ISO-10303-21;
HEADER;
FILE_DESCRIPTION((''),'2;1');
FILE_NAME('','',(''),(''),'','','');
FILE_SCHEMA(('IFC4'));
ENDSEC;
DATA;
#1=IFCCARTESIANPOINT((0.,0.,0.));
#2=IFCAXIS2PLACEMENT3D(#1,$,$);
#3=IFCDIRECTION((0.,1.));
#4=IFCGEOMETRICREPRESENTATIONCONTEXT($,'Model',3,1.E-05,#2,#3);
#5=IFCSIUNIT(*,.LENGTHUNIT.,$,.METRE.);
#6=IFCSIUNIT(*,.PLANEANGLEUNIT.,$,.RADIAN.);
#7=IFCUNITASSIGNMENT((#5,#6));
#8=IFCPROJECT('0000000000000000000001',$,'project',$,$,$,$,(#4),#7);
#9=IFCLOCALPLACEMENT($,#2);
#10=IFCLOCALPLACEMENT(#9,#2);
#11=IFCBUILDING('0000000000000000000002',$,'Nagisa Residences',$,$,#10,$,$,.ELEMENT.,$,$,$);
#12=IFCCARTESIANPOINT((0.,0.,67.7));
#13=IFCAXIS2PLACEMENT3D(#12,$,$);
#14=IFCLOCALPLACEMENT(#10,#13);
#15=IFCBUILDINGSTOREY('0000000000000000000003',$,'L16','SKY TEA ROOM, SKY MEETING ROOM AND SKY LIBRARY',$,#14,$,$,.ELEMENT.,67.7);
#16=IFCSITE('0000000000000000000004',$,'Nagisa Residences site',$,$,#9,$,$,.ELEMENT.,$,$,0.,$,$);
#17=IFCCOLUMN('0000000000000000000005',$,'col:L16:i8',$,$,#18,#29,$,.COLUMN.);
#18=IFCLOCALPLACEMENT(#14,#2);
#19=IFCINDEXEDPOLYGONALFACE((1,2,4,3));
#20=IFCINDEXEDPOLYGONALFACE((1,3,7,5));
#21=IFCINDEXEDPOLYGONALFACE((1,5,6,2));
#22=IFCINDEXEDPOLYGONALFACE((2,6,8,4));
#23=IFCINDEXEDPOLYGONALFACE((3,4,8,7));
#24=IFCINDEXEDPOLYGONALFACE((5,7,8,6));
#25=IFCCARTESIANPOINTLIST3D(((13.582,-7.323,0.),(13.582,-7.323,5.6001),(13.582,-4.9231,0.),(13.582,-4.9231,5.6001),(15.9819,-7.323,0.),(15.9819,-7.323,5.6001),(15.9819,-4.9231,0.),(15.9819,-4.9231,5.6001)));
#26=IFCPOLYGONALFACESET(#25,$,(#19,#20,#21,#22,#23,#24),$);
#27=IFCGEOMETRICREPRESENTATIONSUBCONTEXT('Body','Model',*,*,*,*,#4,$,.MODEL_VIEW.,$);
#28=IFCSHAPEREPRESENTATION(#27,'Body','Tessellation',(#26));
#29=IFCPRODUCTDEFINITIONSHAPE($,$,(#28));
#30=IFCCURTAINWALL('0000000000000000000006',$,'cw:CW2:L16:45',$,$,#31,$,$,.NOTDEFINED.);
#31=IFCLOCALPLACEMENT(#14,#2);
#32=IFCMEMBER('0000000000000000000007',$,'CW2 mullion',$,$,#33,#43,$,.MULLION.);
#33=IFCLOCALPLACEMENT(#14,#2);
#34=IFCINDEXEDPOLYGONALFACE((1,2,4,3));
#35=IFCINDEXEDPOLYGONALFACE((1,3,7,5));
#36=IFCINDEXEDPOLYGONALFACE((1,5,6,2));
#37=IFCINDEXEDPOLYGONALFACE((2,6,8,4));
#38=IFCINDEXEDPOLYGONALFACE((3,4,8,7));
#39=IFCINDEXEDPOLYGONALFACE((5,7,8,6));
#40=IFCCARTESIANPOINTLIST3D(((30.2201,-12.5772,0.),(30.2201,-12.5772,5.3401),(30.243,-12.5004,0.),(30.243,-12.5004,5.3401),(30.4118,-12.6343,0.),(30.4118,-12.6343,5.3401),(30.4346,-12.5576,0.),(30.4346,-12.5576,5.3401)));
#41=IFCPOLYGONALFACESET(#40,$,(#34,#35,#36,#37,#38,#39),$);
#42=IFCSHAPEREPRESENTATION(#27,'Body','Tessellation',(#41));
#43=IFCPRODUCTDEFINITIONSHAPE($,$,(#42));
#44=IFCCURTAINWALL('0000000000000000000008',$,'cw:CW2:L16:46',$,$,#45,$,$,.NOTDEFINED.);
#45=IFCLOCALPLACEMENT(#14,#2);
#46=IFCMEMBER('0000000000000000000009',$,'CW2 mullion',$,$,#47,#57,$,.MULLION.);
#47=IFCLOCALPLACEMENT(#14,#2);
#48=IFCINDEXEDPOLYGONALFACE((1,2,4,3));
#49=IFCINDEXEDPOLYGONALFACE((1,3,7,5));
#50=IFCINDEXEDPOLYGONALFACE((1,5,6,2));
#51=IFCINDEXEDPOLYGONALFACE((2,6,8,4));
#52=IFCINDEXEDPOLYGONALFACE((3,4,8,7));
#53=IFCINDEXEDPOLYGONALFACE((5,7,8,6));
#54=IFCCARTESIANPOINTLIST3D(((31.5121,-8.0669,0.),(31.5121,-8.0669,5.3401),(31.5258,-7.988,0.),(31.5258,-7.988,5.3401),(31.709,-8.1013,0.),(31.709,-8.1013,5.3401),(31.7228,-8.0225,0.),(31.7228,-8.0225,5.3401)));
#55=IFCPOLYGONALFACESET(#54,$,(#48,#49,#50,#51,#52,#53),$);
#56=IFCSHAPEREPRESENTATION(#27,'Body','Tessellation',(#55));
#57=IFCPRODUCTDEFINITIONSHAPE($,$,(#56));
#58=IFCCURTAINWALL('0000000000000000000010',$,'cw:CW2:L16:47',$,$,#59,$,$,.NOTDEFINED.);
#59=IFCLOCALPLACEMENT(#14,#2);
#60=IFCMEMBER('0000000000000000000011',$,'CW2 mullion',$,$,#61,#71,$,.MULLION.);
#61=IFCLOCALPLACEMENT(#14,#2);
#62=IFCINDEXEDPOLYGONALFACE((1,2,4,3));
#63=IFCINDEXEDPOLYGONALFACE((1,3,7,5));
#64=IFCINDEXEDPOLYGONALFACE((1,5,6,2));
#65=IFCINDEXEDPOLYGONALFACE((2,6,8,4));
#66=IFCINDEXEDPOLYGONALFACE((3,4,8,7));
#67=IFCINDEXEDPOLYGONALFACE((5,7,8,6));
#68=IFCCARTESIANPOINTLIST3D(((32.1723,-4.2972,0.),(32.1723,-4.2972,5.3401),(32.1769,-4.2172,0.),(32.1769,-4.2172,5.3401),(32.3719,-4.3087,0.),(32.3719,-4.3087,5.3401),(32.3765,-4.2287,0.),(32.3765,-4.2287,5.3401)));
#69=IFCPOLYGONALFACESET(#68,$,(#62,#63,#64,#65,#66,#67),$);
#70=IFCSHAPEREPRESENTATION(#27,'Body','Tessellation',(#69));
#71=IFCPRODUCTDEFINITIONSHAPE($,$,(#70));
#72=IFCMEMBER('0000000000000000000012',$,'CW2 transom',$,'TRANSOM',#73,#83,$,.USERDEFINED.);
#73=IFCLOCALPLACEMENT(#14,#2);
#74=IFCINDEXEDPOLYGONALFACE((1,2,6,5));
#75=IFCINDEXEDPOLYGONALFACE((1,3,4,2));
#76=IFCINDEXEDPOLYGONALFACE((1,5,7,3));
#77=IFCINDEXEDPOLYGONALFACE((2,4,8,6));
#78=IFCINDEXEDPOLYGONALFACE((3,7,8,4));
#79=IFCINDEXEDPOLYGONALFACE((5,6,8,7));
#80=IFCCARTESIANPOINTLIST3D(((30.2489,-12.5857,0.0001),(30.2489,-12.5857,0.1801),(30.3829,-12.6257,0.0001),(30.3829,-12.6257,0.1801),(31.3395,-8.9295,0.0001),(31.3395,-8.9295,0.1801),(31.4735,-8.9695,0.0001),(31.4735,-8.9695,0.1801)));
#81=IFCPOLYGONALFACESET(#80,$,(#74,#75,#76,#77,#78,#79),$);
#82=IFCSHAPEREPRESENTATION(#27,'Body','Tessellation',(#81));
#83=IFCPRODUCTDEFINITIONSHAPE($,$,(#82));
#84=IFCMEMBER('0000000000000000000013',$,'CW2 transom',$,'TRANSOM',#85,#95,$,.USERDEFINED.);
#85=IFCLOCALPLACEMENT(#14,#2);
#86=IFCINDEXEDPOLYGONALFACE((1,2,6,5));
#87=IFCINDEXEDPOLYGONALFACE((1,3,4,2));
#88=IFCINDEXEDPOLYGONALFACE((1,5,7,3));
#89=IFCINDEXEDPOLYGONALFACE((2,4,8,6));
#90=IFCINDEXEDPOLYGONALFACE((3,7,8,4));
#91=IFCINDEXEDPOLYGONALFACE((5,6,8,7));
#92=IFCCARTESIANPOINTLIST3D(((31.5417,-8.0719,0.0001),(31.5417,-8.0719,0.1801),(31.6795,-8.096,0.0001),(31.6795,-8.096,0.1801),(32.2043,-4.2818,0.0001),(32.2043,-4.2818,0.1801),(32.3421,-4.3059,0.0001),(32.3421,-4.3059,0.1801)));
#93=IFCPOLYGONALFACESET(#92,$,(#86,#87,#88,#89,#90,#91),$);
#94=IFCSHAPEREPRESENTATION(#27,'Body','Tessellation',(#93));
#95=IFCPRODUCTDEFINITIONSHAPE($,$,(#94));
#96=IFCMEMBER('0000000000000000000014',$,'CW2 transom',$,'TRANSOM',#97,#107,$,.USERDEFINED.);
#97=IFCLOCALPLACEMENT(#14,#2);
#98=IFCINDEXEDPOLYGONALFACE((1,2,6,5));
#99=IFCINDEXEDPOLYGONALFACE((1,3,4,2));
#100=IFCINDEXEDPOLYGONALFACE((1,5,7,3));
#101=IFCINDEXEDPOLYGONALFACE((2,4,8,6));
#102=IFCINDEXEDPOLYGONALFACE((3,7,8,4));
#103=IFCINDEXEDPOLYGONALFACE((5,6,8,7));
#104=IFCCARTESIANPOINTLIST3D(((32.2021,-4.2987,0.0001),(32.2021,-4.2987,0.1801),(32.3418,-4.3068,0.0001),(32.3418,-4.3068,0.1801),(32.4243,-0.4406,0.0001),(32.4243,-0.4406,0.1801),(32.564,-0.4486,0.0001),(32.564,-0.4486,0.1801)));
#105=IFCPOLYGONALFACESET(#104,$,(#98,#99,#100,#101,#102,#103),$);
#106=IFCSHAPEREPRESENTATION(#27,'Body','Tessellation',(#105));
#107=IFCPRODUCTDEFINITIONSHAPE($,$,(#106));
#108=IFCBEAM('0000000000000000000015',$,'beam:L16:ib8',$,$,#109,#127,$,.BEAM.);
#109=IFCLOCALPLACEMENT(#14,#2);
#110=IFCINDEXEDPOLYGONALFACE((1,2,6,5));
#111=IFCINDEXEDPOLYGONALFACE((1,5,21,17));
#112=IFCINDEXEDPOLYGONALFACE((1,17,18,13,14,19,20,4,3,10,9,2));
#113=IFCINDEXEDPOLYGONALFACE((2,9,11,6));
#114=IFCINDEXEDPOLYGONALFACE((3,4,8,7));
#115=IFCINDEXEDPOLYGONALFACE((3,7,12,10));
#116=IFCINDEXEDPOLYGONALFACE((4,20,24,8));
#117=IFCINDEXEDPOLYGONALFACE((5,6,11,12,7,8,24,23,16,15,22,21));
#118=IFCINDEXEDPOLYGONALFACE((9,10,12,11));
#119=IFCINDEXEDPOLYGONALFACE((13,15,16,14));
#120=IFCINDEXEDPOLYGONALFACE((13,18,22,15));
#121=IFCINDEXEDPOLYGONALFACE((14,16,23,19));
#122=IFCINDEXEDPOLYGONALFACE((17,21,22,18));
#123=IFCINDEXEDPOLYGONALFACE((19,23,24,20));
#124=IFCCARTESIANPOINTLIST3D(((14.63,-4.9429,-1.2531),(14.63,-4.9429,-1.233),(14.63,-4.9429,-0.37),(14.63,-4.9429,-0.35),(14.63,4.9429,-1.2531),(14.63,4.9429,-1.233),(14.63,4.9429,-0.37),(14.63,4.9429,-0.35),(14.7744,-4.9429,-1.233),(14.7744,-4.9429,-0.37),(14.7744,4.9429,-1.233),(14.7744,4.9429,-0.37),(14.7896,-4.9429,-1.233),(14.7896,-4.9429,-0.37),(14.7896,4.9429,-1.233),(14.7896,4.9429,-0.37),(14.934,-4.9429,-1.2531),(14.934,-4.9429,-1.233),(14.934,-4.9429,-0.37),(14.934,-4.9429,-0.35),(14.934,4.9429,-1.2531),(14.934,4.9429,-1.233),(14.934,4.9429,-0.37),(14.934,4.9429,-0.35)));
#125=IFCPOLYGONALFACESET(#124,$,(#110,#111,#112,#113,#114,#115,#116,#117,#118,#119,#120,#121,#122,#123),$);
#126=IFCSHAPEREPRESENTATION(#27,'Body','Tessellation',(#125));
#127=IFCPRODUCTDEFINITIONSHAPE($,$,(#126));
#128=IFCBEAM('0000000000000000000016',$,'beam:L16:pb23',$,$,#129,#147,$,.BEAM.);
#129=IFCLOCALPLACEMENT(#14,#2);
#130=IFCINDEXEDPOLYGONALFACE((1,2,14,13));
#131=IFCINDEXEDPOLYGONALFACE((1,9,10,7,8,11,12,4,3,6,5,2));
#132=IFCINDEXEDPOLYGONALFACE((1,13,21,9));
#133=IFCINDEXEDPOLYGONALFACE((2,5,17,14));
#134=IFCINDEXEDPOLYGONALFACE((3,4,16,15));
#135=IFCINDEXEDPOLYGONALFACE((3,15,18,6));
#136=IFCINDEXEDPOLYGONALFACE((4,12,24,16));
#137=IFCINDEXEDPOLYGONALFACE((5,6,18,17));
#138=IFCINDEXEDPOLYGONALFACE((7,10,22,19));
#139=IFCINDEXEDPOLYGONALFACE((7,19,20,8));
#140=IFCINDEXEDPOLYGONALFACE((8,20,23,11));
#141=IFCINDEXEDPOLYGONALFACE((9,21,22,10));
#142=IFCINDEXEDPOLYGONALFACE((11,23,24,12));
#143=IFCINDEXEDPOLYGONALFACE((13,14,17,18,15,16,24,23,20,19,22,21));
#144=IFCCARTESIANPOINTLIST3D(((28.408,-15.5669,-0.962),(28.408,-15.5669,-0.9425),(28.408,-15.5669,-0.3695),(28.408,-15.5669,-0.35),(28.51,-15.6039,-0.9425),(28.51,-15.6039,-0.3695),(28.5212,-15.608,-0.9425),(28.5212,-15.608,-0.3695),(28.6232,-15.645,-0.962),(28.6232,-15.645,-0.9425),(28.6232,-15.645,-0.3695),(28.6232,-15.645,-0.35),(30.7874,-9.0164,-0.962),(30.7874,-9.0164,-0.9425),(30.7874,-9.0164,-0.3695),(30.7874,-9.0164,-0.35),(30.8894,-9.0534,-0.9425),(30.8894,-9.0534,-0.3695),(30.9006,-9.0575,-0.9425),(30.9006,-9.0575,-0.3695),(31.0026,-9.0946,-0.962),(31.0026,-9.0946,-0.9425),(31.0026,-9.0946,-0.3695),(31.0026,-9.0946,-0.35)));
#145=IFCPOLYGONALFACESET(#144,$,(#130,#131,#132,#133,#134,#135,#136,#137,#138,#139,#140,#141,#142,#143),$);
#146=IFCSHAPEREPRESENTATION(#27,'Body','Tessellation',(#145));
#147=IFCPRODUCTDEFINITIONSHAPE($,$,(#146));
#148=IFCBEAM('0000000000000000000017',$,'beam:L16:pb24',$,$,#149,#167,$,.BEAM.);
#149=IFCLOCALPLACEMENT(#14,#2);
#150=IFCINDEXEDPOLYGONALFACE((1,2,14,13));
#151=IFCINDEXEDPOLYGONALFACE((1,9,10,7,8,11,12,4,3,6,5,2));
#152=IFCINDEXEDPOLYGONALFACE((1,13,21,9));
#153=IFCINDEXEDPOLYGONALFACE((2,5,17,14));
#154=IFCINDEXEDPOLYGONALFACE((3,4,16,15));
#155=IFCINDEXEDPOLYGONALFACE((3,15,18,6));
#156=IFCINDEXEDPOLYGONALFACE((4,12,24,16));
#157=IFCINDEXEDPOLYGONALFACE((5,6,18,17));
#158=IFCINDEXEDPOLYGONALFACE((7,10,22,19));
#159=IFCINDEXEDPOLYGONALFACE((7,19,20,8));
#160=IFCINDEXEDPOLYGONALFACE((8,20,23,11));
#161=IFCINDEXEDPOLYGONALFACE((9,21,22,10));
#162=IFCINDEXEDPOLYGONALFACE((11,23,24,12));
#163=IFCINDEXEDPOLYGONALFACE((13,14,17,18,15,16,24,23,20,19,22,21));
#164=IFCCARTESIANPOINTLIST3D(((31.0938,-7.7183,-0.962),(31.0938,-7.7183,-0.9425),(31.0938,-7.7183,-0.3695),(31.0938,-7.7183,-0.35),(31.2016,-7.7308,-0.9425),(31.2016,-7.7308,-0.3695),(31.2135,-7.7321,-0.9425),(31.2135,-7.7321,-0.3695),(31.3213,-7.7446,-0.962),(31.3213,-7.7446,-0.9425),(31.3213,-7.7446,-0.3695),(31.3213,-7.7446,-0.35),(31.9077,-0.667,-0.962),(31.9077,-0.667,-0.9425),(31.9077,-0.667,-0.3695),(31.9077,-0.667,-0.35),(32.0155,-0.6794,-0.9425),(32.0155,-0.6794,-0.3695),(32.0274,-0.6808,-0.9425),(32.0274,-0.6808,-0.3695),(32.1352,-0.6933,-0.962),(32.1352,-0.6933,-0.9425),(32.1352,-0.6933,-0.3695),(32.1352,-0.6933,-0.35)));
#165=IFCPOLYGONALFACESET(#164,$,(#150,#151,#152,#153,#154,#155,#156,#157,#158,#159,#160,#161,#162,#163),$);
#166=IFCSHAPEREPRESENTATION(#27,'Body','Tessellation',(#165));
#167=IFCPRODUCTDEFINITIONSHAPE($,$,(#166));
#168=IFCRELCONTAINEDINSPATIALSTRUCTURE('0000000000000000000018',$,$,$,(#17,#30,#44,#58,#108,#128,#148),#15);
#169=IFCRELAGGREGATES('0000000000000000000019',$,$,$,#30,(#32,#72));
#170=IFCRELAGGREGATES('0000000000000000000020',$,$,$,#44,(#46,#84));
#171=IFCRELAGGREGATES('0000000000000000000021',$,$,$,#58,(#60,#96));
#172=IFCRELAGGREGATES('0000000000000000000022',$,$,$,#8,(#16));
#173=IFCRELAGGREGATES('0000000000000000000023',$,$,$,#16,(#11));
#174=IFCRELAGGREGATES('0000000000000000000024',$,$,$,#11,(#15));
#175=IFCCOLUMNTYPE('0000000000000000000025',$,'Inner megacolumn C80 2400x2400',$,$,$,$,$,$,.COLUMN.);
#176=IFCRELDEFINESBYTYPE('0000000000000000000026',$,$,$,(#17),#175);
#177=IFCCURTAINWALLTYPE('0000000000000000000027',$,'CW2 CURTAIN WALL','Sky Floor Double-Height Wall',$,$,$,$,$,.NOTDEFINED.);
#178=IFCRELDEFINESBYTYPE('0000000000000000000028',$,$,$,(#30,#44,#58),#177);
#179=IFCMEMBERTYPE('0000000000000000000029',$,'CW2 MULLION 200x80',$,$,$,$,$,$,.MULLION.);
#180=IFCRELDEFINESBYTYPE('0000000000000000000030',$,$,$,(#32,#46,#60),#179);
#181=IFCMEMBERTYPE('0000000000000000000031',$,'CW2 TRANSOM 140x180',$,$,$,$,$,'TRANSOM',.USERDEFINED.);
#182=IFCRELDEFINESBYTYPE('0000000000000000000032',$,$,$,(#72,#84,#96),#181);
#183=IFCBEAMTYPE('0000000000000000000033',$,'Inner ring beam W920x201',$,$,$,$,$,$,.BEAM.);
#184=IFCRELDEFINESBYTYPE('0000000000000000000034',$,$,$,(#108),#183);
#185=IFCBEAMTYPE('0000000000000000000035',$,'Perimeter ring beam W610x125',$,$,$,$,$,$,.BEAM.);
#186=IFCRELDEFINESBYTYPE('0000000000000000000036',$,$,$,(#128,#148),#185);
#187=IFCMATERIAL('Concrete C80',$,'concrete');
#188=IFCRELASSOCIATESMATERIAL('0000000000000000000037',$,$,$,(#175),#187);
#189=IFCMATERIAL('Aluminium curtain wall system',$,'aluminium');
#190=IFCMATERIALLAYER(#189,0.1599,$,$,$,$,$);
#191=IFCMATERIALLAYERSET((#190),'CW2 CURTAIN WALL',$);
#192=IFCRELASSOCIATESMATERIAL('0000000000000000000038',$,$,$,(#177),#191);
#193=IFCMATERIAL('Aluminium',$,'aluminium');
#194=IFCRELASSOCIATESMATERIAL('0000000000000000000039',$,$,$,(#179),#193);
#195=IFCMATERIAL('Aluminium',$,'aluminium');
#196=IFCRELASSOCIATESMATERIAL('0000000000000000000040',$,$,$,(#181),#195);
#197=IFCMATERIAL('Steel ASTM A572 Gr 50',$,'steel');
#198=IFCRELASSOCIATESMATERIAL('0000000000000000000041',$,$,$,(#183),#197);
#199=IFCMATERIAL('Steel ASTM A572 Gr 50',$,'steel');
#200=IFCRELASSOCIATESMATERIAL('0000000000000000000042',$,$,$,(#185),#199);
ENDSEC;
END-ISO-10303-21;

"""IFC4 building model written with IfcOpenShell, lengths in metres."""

from ifc_helpers import new_model, si_unit, direction, frame, origin, origin_2d, place, context, subcontext, project, spatial, rectangle, i_section, extrude, material, layer, layer_set, material_profile, profile_set, type_object, element, aggregate, save


model = new_model("IFC4")

# Units and contexts
model_context = context("Model", 3, precision=1e-05, world=origin(), true_north=direction((0.0, 1.0)))
body_context = subcontext(model_context, "Body", "Model", "MODEL_VIEW")
ifc_project = project(units=[si_unit("LENGTHUNIT", "METRE"), si_unit("PLANEANGLEUNIT", "RADIAN")], contexts=[model_context])

# Site, building, storey
site_placement = place(None, origin())
site = spatial("IfcSite", under=ifc_project, at=site_placement, Name="Nagisa Residences site", CompositionType="ELEMENT", RefElevation=0.0)
building_placement = place(site_placement, origin())
building = spatial("IfcBuilding", under=site, at=building_placement, Name="Nagisa Residences", CompositionType="ELEMENT")
storey_placement = place(building_placement, frame((0.0, 0.0, 67.7)))
storey = spatial("IfcBuildingStorey", under=building, at=storey_placement, Name="L16", Description="SKY TEA ROOM, SKY MEETING ROOM AND SKY LIBRARY", CompositionType="ELEMENT", Elevation=67.7)

# Column
ifc_material_1 = material(Name="Concrete C80", Category="concrete")
ifc_material_profile_1 = material_profile(ifc_material_1, rectangle(XDim=2.3999, YDim=2.3999, at=origin_2d()), Name="C80 2400x2400")
ifc_profile_set_1 = profile_set([ifc_material_profile_1], Name="Concrete C80")
column_type = type_object("IfcColumnType", Name="Inner megacolumn C80 2400x2400", PredefinedType="COLUMN", material=ifc_profile_set_1)
column_placement = place(storey_placement, frame((14.782, -6.123, 0.0), z_axis=(0.0, 0.0, 1.0), x_axis=(1.0, 0.0, 0.0)))
element("IfcColumn", 1, at=column_placement, inside=storey, type_object=column_type, Name="col:L16:i8", PredefinedType="COLUMN", context=body_context, shape_type="SweptSolid", body=[
    extrude(rectangle(XDim=2.3999, YDim=2.3999, at=origin_2d()), origin(), (0.0, 0.0, 1.0), 5.6001),
])

# Curtain walls, members
ifc_material_2 = material(Name="Aluminium curtain wall system", Category="aluminium")
ifc_layer_1 = layer(ifc_material_2, 0.1599)
ifc_layer_set_1 = layer_set([ifc_layer_1], Name="CW2 CURTAIN WALL")
curtain_wall_type = type_object("IfcCurtainWallType", Name="CW2 CURTAIN WALL", Description="Sky Floor Double-Height Wall", PredefinedType="NOTDEFINED", material=ifc_layer_set_1)
curtain_wall_1_placement = place(storey_placement, origin())
curtain_wall_1 = element("IfcCurtainWall", 2, at=curtain_wall_1_placement, inside=storey, type_object=curtain_wall_type, Name="cw:CW2:L16:45", PredefinedType="NOTDEFINED")
ifc_material_3 = material(Name="Aluminium", Category="aluminium")
ifc_material_profile_2 = material_profile(ifc_material_3, rectangle(XDim=0.2, YDim=0.0801, at=origin_2d()), Name="CW2 MULLION 200x80")
ifc_profile_set_2 = profile_set([ifc_material_profile_2], Name="Aluminium")
member_type_1 = type_object("IfcMemberType", Name="CW2 MULLION 200x80", PredefinedType="MULLION", material=ifc_profile_set_2)
member_1_placement = place(storey_placement, frame((30.3274, -12.5674, 0.0), z_axis=(0.0, 0.0, 1.0), x_axis=(-0.958271, 0.28586, 0.0)))
member_1 = element("IfcMember", 3, at=member_1_placement, type_object=member_type_1, Name="CW2 mullion", PredefinedType="MULLION", context=body_context, shape_type="SweptSolid", body=[
    extrude(rectangle(XDim=0.2, YDim=0.0801, at=origin_2d()), origin(), (0.0, 0.0, 1.0), 5.3401),
])
curtain_wall_2_placement = place(storey_placement, origin())
curtain_wall_2 = element("IfcCurtainWall", 4, at=curtain_wall_2_placement, inside=storey, type_object=curtain_wall_type, Name="cw:CW2:L16:46", PredefinedType="NOTDEFINED")
member_2_placement = place(storey_placement, frame((31.6174, -8.0447, 0.0), z_axis=(0.0, 0.0, 1.0), x_axis=(-0.985064, 0.172191, 0.0)))
member_2 = element("IfcMember", 5, at=member_2_placement, type_object=member_type_1, Name="CW2 mullion", PredefinedType="MULLION", context=body_context, shape_type="SweptSolid", body=[
    extrude(rectangle(XDim=0.2, YDim=0.0801, at=origin_2d()), origin(), (0.0, 0.0, 1.0), 5.3401),
])
curtain_wall_3_placement = place(storey_placement, origin())
curtain_wall_3 = element("IfcCurtainWall", 6, at=curtain_wall_3_placement, inside=storey, type_object=curtain_wall_type, Name="cw:CW2:L16:47", PredefinedType="NOTDEFINED")
member_3_placement = place(storey_placement, frame((32.2744, -4.2629, 0.0), z_axis=(0.0, 0.0, 1.0), x_axis=(-0.998345, 0.057503, 0.0)))
member_3 = element("IfcMember", 7, at=member_3_placement, type_object=member_type_1, Name="CW2 mullion", PredefinedType="MULLION", context=body_context, shape_type="SweptSolid", body=[
    extrude(rectangle(XDim=0.2, YDim=0.0801, at=origin_2d()), origin(), (0.0, 0.0, 1.0), 5.3401),
])

# Members
ifc_material_4 = material(Name="Aluminium", Category="aluminium")
ifc_material_profile_3 = material_profile(ifc_material_4, rectangle(XDim=0.1399, YDim=0.1799, at=origin_2d()), Name="CW2 TRANSOM 140x180")
ifc_profile_set_3 = profile_set([ifc_material_profile_3], Name="Aluminium")
member_type_2 = type_object("IfcMemberType", Name="CW2 TRANSOM 140x180", ElementType="TRANSOM", PredefinedType="USERDEFINED", material=ifc_profile_set_3)
member_4_placement = place(storey_placement, frame((30.3159, -12.6057, 0.0901), z_axis=(0.285833, 0.958279, 0.0), x_axis=(-0.958279, 0.285833, 0.0)))
member_4 = element("IfcMember", 8, at=member_4_placement, type_object=member_type_2, Name="CW2 transom", ObjectType="TRANSOM", PredefinedType="USERDEFINED", context=body_context, shape_type="SweptSolid", body=[
    extrude(rectangle(XDim=0.1399, YDim=0.1799, at=origin_2d()), origin(), (0.0, 0.0, 1.0), 3.8154),
])
member_5_placement = place(storey_placement, frame((31.6106, -8.084, 0.0901), z_axis=(0.172203, 0.985061, 0.0), x_axis=(-0.985061, 0.172203, 0.0)))
member_5 = element("IfcMember", 9, at=member_5_placement, type_object=member_type_2, Name="CW2 transom", ObjectType="TRANSOM", PredefinedType="USERDEFINED", context=body_context, shape_type="SweptSolid", body=[
    extrude(rectangle(XDim=0.1399, YDim=0.1799, at=origin_2d()), origin(), (0.0, 0.0, 1.0), 3.8477),
])
member_6_placement = place(storey_placement, frame((32.272, -4.3027, 0.0901), z_axis=(0.057489, 0.998346, 0.0), x_axis=(-0.998346, 0.057489, 0.0)))
member_6 = element("IfcMember", 10, at=member_6_placement, type_object=member_type_2, Name="CW2 transom", ObjectType="TRANSOM", PredefinedType="USERDEFINED", context=body_context, shape_type="SweptSolid", body=[
    extrude(rectangle(XDim=0.1399, YDim=0.1799, at=origin_2d()), origin(), (0.0, 0.0, 1.0), 3.8645),
])

# Beams
ifc_material_5 = material(Name="Steel ASTM A572 Gr 50", Category="steel")
ifc_material_profile_4 = material_profile(ifc_material_5, i_section(OverallWidth=0.304, OverallDepth=0.9031, WebThickness=0.0151, FlangeThickness=0.02, at=origin_2d()), Name="W920x201")
ifc_profile_set_4 = profile_set([ifc_material_profile_4], Name="Steel ASTM A572 Gr 50")
beam_type_1 = type_object("IfcBeamType", Name="Inner ring beam W920x201", PredefinedType="BEAM", material=ifc_profile_set_4)
beam_1_placement = place(storey_placement, frame((14.782, -4.9429, -0.8015), z_axis=(0.0, 1.0, 0.0), x_axis=(-1.0, 0.0, 0.0)))
element("IfcBeam", 11, at=beam_1_placement, inside=storey, type_object=beam_type_1, Name="beam:L16:ib8", PredefinedType="BEAM", context=body_context, shape_type="SweptSolid", body=[
    extrude(i_section(OverallWidth=0.304, OverallDepth=0.9031, WebThickness=0.0151, FlangeThickness=0.02, at=origin_2d()), origin(), (0.0, 0.0, 1.0), 9.8857),
])
ifc_material_6 = material(Name="Steel ASTM A572 Gr 50", Category="steel")
ifc_material_profile_5 = material_profile(ifc_material_6, i_section(OverallWidth=0.229, OverallDepth=0.6121, WebThickness=0.012, FlangeThickness=0.0195, at=origin_2d()), Name="W610x125")
ifc_profile_set_5 = profile_set([ifc_material_profile_5], Name="Steel ASTM A572 Gr 50")
beam_type_2 = type_object("IfcBeamType", Name="Perimeter ring beam W610x125", PredefinedType="BEAM", material=ifc_profile_set_5)
beam_2_placement = place(storey_placement, frame((28.5156, -15.606, -0.656), z_axis=(0.341411, 0.939914, 0.0), x_axis=(-0.939914, 0.341411, 0.0)))
element("IfcBeam", 12, at=beam_2_placement, inside=storey, type_object=beam_type_2, Name="beam:L16:pb23", PredefinedType="BEAM", context=body_context, shape_type="SweptSolid", body=[
    extrude(i_section(OverallWidth=0.229, OverallDepth=0.6121, WebThickness=0.012, FlangeThickness=0.0195, at=origin_2d()), origin(), (0.0, 0.0, 1.0), 6.9692),
])
beam_3_placement = place(storey_placement, frame((31.2075, -7.7314, -0.656), z_axis=(0.114674, 0.993403, 0.0), x_axis=(-0.993403, 0.114674, 0.0)))
element("IfcBeam", 13, at=beam_3_placement, inside=storey, type_object=beam_type_2, Name="beam:L16:pb24", PredefinedType="BEAM", context=body_context, shape_type="SweptSolid", body=[
    extrude(i_section(OverallWidth=0.229, OverallDepth=0.6121, WebThickness=0.012, FlangeThickness=0.0195, at=origin_2d()), origin(), (0.0, 0.0, 1.0), 7.0981),
])

aggregate(curtain_wall_1, [member_1, member_4])
aggregate(curtain_wall_2, [member_2, member_5])
aggregate(curtain_wall_3, [member_3, member_6])

save(model, "model.ifc")
